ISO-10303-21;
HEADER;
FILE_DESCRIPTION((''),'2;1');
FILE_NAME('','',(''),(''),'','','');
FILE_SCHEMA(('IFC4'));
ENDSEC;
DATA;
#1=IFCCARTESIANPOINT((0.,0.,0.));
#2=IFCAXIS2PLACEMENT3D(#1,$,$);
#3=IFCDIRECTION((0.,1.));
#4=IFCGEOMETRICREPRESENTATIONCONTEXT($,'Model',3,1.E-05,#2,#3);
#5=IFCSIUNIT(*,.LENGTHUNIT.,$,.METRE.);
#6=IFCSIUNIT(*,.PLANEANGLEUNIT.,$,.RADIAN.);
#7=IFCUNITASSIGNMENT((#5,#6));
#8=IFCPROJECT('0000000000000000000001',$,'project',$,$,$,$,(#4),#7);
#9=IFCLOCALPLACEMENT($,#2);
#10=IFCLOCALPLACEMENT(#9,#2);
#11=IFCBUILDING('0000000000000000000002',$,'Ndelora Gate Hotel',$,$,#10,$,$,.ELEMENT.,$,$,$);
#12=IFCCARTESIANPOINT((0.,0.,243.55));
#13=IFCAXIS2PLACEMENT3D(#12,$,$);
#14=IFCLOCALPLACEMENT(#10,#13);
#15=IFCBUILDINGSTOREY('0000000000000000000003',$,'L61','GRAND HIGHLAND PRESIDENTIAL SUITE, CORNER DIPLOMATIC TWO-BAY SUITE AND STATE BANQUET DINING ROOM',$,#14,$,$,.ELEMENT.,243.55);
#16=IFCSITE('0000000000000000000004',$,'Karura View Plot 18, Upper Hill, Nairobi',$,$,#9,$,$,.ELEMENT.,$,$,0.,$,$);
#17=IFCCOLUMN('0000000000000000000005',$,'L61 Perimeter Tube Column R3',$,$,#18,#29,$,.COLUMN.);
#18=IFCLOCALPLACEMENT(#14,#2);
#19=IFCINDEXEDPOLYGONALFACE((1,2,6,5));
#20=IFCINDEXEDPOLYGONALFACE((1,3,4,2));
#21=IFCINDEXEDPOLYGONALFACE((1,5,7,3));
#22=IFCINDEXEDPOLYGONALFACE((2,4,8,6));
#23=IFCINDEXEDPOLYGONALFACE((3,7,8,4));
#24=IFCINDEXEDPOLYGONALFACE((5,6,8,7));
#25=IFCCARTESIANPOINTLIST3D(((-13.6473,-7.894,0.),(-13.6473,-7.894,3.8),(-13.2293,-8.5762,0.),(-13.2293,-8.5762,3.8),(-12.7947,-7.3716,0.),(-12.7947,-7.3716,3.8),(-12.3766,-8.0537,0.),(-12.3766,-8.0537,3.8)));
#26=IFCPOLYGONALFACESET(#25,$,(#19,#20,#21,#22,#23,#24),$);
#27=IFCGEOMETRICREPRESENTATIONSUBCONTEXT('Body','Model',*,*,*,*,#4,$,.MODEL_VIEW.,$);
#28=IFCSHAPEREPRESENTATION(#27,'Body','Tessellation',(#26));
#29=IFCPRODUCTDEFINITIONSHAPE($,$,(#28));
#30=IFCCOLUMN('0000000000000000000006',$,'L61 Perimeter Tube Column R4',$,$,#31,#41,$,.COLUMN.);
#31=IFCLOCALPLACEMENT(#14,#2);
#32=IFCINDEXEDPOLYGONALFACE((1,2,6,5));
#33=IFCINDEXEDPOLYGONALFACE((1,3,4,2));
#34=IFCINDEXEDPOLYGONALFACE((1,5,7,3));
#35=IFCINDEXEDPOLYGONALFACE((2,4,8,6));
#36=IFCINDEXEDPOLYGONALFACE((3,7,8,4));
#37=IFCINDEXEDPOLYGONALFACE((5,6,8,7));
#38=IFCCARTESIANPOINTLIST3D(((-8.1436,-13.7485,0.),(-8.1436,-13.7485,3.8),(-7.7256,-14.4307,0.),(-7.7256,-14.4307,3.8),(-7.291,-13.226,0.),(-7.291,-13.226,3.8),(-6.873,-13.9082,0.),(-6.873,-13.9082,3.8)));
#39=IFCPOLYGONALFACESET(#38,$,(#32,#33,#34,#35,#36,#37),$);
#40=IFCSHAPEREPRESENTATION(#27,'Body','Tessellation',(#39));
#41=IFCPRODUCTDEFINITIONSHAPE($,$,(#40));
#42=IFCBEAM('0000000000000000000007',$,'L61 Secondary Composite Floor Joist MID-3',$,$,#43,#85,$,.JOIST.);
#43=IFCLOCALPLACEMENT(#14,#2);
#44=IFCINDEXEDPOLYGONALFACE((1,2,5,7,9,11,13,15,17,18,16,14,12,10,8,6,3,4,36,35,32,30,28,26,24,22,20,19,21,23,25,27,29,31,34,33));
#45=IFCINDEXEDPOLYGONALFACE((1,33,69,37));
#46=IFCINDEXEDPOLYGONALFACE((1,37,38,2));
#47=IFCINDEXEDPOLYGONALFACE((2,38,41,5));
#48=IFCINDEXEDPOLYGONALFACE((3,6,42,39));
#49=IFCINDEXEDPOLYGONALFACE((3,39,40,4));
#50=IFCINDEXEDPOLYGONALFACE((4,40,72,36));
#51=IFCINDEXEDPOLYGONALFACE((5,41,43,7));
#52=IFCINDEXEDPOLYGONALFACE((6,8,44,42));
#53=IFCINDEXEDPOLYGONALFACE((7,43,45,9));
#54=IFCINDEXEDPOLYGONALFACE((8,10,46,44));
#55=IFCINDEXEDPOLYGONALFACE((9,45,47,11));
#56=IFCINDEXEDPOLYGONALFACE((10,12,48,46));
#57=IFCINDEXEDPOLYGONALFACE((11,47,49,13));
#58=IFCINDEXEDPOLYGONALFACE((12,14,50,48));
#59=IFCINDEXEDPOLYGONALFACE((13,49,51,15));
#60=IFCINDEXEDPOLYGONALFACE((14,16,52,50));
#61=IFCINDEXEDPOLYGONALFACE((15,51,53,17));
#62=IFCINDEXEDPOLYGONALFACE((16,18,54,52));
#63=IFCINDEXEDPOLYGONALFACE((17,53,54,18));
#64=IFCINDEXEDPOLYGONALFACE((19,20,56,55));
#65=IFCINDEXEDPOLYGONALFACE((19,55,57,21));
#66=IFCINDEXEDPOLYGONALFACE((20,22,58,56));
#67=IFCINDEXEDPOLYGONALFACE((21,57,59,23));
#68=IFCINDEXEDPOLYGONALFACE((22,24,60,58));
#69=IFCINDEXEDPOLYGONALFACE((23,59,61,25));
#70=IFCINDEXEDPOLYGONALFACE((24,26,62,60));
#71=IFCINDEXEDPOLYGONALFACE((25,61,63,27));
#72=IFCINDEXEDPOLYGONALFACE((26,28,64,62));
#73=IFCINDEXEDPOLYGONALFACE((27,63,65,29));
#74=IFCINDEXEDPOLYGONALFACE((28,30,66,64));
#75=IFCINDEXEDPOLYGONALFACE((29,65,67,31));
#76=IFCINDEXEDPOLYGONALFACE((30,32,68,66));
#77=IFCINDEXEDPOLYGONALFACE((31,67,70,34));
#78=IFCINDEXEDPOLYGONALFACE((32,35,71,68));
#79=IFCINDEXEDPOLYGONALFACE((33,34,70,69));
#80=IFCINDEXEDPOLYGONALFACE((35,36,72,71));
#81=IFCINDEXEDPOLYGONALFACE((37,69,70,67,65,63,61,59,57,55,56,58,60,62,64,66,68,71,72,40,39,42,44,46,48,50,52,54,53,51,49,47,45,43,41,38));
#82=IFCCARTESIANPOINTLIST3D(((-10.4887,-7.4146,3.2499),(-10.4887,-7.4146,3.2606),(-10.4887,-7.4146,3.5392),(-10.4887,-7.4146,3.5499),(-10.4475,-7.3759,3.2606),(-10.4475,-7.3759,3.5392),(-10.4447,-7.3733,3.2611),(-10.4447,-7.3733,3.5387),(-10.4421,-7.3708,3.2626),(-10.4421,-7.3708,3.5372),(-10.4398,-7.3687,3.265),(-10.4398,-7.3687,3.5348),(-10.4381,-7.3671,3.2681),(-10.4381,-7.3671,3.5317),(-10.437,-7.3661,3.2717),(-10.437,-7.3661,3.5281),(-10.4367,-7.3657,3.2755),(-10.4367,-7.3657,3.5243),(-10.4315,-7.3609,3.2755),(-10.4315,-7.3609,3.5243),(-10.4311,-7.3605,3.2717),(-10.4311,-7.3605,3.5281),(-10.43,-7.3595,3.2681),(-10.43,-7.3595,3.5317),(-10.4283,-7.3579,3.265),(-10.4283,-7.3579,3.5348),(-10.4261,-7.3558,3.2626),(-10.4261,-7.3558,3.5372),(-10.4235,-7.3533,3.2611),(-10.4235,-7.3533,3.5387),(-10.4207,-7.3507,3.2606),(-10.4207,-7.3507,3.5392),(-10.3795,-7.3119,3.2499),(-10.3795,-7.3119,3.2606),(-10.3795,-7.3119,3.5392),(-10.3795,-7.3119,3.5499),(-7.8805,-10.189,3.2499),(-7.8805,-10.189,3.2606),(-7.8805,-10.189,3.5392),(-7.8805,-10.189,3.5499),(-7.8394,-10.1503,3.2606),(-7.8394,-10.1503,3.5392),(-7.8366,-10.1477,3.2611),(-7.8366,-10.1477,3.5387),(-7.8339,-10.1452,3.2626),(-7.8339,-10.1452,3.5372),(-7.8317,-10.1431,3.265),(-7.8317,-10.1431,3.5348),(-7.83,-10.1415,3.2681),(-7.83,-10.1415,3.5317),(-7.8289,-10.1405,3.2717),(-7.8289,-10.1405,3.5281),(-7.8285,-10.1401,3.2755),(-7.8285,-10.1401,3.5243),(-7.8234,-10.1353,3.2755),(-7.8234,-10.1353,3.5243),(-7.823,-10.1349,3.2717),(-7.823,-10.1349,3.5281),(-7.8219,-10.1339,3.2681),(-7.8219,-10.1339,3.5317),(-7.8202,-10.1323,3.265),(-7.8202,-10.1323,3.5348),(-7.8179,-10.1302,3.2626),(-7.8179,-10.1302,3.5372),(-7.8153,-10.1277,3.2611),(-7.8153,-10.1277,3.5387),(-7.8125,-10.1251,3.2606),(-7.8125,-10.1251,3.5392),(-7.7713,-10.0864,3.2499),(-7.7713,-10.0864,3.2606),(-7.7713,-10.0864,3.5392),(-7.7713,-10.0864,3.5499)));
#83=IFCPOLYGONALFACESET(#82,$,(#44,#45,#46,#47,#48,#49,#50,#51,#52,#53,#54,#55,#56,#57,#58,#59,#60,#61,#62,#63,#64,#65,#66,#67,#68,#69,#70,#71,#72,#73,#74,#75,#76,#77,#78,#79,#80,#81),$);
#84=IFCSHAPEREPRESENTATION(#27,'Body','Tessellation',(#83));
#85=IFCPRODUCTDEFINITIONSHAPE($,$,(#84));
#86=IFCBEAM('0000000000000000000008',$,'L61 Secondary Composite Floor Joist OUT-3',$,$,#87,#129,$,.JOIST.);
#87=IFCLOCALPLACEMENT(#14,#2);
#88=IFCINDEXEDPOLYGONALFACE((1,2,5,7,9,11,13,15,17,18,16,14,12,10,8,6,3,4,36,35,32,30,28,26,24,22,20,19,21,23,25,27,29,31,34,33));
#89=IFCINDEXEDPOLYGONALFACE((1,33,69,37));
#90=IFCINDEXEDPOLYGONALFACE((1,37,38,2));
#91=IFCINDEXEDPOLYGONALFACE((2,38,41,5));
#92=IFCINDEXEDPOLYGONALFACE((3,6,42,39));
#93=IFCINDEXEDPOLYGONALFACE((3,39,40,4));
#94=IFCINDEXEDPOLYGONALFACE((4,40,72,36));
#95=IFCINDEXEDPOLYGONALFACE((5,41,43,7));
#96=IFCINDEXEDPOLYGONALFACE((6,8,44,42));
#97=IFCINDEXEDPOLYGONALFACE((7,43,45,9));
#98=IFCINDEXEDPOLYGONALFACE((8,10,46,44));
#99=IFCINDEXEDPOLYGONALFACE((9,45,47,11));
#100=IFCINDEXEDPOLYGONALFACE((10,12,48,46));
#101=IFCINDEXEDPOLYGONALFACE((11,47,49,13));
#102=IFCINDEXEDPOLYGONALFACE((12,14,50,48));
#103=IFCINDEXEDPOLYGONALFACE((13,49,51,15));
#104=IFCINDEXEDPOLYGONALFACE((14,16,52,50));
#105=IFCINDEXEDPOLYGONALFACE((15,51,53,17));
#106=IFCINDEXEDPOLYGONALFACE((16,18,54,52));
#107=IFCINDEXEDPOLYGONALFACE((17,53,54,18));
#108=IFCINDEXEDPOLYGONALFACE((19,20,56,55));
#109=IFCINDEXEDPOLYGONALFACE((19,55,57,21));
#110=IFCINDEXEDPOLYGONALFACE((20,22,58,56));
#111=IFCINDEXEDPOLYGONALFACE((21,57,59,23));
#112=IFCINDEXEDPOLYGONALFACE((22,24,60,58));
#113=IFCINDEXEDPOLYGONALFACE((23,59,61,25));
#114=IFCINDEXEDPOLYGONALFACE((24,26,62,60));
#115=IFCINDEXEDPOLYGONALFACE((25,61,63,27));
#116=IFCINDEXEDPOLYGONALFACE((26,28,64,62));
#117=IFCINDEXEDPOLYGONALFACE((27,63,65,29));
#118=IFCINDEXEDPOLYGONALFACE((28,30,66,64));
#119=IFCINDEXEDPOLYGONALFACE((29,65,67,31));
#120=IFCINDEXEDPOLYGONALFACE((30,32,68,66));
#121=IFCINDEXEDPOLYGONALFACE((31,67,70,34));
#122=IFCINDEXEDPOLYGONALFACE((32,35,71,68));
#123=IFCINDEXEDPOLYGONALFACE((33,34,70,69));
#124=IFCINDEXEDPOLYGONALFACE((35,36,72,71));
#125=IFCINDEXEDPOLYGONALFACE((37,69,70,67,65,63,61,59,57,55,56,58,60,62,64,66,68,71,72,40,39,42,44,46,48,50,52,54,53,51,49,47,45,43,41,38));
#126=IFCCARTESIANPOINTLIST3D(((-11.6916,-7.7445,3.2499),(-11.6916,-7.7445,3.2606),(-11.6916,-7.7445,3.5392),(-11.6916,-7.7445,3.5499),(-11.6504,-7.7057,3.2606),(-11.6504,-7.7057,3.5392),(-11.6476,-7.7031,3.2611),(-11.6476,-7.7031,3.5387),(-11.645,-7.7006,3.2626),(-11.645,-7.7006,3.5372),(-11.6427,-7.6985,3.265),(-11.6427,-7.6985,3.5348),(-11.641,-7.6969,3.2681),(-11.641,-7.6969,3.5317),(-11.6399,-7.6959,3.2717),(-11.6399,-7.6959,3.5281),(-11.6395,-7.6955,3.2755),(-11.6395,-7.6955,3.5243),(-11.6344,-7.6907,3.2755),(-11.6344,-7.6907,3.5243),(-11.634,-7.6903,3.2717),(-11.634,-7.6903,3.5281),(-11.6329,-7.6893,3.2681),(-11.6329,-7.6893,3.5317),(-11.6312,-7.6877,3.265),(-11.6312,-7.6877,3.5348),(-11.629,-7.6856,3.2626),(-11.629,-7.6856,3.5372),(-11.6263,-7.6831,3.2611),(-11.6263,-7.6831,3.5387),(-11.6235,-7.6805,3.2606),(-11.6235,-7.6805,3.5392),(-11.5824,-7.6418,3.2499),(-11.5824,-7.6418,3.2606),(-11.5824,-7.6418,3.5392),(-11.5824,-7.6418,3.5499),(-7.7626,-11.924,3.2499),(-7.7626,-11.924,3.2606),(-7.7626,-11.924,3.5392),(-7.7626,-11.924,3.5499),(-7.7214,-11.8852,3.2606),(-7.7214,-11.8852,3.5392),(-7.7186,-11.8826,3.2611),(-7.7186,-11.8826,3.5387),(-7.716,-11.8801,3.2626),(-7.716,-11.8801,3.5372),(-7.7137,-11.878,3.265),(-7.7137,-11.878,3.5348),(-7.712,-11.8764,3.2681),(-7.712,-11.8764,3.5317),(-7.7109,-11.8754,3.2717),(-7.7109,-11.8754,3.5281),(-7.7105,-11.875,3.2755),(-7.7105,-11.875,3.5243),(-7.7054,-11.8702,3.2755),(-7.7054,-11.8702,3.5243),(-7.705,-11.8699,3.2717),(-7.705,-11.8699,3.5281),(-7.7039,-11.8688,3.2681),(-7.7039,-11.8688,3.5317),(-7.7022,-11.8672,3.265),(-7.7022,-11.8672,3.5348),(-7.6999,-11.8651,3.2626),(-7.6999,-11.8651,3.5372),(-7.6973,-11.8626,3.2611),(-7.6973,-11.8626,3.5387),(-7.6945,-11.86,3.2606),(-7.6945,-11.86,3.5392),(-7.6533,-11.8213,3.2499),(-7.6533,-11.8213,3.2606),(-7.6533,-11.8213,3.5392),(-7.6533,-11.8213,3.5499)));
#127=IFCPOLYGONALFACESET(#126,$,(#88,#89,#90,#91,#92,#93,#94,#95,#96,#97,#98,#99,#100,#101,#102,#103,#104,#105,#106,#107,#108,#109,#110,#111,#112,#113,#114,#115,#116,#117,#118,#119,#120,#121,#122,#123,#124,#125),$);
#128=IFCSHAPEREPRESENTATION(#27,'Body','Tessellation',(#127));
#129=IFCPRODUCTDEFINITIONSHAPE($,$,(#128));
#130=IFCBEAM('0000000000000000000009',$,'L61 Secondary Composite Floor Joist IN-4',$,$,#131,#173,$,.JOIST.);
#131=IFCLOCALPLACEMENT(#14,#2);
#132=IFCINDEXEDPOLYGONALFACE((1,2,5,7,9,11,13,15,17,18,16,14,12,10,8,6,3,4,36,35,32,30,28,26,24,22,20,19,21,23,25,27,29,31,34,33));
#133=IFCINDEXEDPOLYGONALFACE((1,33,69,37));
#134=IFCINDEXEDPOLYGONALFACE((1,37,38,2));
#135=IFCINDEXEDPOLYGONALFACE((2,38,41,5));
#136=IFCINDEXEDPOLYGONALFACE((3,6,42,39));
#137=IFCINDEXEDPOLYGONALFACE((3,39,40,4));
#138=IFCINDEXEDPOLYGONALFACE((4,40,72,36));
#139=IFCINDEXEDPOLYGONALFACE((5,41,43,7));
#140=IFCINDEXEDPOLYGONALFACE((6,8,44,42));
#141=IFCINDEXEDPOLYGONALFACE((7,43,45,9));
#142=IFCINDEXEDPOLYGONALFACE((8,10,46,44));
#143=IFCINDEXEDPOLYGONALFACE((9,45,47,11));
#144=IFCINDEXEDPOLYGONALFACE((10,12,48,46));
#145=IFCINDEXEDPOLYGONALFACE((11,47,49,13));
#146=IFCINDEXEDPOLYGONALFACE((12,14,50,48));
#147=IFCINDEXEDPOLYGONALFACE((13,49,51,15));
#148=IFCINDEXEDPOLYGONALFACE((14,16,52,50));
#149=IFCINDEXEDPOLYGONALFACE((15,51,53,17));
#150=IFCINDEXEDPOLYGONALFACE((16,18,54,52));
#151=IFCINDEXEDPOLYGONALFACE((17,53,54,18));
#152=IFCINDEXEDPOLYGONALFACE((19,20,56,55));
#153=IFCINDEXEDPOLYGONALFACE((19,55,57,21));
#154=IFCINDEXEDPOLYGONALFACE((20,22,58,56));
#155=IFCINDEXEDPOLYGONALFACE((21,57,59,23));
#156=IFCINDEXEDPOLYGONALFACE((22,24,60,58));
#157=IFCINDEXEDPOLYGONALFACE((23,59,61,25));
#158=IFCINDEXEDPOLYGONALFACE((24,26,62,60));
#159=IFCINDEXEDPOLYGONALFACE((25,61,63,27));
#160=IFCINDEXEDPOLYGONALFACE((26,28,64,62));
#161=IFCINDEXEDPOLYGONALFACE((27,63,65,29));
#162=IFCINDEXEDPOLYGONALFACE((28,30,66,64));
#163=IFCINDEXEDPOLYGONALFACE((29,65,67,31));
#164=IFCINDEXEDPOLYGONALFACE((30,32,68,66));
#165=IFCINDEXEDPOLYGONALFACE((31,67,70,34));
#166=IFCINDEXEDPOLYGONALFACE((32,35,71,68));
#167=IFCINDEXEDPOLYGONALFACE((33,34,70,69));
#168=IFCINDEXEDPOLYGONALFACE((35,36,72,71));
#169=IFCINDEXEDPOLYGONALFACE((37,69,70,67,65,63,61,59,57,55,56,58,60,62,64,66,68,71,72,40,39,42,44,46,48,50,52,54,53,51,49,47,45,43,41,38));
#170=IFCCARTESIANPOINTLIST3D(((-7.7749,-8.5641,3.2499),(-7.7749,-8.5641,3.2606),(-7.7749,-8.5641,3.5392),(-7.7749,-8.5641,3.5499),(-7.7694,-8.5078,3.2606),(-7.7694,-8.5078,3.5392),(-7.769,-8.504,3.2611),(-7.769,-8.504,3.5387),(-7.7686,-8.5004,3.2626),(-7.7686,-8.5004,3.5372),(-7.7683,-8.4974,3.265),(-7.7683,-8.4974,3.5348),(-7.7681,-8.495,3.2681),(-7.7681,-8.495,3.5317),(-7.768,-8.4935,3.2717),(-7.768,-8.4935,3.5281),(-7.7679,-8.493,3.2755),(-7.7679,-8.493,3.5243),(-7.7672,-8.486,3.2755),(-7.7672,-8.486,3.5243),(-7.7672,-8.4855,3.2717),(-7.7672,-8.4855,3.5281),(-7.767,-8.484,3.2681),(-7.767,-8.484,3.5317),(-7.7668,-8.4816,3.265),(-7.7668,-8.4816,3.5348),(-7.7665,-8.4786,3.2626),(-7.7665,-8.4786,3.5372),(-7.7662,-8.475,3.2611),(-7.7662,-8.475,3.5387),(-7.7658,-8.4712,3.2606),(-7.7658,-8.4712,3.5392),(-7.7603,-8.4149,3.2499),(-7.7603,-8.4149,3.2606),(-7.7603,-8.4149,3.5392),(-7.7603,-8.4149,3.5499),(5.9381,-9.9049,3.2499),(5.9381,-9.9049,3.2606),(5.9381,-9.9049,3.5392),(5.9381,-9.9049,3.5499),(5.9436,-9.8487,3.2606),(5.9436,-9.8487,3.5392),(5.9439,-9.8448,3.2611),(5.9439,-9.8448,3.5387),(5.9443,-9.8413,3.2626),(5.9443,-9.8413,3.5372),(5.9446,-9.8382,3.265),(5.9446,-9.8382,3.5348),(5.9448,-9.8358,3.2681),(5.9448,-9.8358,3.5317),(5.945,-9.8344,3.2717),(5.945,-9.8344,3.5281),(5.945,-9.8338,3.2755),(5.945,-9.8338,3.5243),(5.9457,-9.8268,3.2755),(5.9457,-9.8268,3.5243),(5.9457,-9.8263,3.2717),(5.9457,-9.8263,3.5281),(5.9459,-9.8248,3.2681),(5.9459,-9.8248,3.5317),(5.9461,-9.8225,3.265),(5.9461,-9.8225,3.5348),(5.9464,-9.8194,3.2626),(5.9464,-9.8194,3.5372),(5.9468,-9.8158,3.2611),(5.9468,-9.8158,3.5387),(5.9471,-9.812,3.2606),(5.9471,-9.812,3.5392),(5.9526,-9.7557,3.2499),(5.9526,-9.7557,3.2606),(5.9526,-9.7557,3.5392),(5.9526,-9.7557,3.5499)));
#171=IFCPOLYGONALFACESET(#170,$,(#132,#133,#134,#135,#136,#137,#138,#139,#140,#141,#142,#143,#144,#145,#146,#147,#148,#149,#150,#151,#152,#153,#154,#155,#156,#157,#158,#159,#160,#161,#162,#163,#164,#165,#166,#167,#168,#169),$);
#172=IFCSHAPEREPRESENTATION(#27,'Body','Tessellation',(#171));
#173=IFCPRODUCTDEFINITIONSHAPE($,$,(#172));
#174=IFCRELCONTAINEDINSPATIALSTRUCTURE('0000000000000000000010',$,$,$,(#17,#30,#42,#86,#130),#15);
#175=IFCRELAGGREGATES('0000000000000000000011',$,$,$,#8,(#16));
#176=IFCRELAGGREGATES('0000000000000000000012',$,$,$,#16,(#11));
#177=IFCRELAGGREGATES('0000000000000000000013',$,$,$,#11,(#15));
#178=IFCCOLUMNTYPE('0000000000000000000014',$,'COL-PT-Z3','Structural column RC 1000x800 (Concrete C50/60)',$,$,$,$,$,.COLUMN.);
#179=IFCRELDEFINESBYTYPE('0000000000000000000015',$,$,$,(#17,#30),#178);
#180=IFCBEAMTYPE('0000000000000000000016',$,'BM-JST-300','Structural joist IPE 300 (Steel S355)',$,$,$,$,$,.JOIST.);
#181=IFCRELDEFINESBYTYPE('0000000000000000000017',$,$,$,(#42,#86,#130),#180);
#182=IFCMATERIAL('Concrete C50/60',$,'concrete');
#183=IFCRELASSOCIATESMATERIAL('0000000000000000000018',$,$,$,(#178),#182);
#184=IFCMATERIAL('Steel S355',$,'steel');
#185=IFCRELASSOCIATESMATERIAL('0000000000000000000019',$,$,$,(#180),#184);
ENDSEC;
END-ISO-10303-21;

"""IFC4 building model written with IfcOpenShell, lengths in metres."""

from ifc_helpers import new_model, si_unit, direction, frame, origin, origin_2d, place, context, subcontext, project, spatial, rectangle, i_section, extrude, material, material_profile, profile_set, type_object, element, save


model = new_model("IFC4")

# Units and contexts
model_context = context("Model", 3, precision=1e-05, world=origin(), true_north=direction((0.0, 1.0)))
body_context = subcontext(model_context, "Body", "Model", "MODEL_VIEW")
ifc_project = project(units=[si_unit("LENGTHUNIT", "METRE"), si_unit("PLANEANGLEUNIT", "RADIAN")], contexts=[model_context])

# Site, building, storey
site_placement = place(None, origin())
site = spatial("IfcSite", under=ifc_project, at=site_placement, Name="Karura View Plot 18, Upper Hill, Nairobi", CompositionType="ELEMENT", RefElevation=0.0)
building_placement = place(site_placement, origin())
building = spatial("IfcBuilding", under=site, at=building_placement, Name="Ndelora Gate Hotel", CompositionType="ELEMENT")
storey_placement = place(building_placement, frame((0.0, 0.0, 243.55)))
storey = spatial("IfcBuildingStorey", under=building, at=storey_placement, Name="L61", Description="GRAND HIGHLAND PRESIDENTIAL SUITE, CORNER DIPLOMATIC TWO-BAY SUITE AND STATE BANQUET DINING ROOM", CompositionType="ELEMENT", Elevation=243.55)

# Columns
ifc_material_1 = material(Name="Concrete C50/60", Category="concrete")
ifc_material_profile_1 = material_profile(ifc_material_1, rectangle(XDim=0.8, YDim=1.0, at=origin_2d()), Name="RC 1000x800")
ifc_profile_set_1 = profile_set([ifc_material_profile_1], Name="Concrete C50/60")
column_type = type_object("IfcColumnType", Name="COL-PT-Z3", Description="Structural column RC 1000x800 (Concrete C50/60)", PredefinedType="COLUMN", material=ifc_profile_set_1)
for number, where, z_axis, x_axis, name in (
    (1, (-13.012, -7.9739, 0.0), (0.0, 0.0, 1.0), (-0.522499, 0.85264, 0.0), "L61 Perimeter Tube Column R3"),
    (2, (-7.5083, -13.8284, 0.0), (0.0, 0.0, 1.0), (-0.522499, 0.85264, 0.0), "L61 Perimeter Tube Column R4"),
):
    element("IfcColumn", number, at=place(storey_placement, frame(where, z_axis=z_axis, x_axis=x_axis)), inside=storey, type_object=column_type, Name=name, PredefinedType="COLUMN", context=body_context, shape_type="SweptSolid", body=[
        extrude(rectangle(XDim=0.8, YDim=1.0, at=origin_2d()), origin(), (0.0, 0.0, 1.0), 3.8),
    ])

# Beams
ifc_material_2 = material(Name="Steel S355", Category="steel")
ifc_material_profile_2 = material_profile(ifc_material_2, i_section(OverallWidth=0.1499, OverallDepth=0.3, WebThickness=0.0071, FlangeThickness=0.0107, FilletRadius=0.0149, at=origin_2d()), Name="IPE 300")
ifc_profile_set_2 = profile_set([ifc_material_profile_2], Name="Steel S355")
beam_type_1 = type_object("IfcBeamType", Name="BM-JST-300", Description="Structural joist IPE 300 (Steel S355)", PredefinedType="JOIST", material=ifc_profile_set_2)
beam_1_placement = place(storey_placement, frame((-10.4341, -7.3633, 3.3999), z_axis=(0.684939, -0.728601, 0.0), x_axis=(0.728601, 0.684939, 0.0)))
element("IfcBeam", 3, at=beam_1_placement, inside=storey, type_object=beam_type_1, Name="L61 Secondary Composite Floor Joist MID-3", PredefinedType="JOIST", context=body_context, shape_type="SweptSolid", body=[
    extrude(i_section(OverallWidth=0.1499, OverallDepth=0.3, WebThickness=0.0071, FlangeThickness=0.0107, FilletRadius=0.0149, at=origin_2d()), origin(), (0.0, 0.0, 1.0), 3.8079),
])
beam_2_placement = place(storey_placement, frame((-11.637, -7.6931, 3.3999), z_axis=(0.684936, -0.728603, 0.0), x_axis=(0.728603, 0.684936, 0.0)))
element("IfcBeam", 4, at=beam_2_placement, inside=storey, type_object=beam_type_1, Name="L61 Secondary Composite Floor Joist OUT-3", PredefinedType="JOIST", context=body_context, shape_type="SweptSolid", body=[
    extrude(i_section(OverallWidth=0.1499, OverallDepth=0.3, WebThickness=0.0071, FlangeThickness=0.0107, FilletRadius=0.0149, at=origin_2d()), origin(), (0.0, 0.0, 1.0), 5.7363),
])
beam_3_placement = place(storey_placement, frame((-7.7676, -8.4895, 3.3999), z_axis=(0.995254, -0.097314, 0.0), x_axis=(0.097314, 0.995254, 0.0)))
element("IfcBeam", 5, at=beam_3_placement, inside=storey, type_object=beam_type_1, Name="L61 Secondary Composite Floor Joist IN-4", PredefinedType="JOIST", context=body_context, shape_type="SweptSolid", body=[
    extrude(i_section(OverallWidth=0.1499, OverallDepth=0.3, WebThickness=0.0071, FlangeThickness=0.0107, FilletRadius=0.0149, at=origin_2d()), origin(), (0.0, 0.0, 1.0), 13.7783),
])

save(model, "model.ifc")
